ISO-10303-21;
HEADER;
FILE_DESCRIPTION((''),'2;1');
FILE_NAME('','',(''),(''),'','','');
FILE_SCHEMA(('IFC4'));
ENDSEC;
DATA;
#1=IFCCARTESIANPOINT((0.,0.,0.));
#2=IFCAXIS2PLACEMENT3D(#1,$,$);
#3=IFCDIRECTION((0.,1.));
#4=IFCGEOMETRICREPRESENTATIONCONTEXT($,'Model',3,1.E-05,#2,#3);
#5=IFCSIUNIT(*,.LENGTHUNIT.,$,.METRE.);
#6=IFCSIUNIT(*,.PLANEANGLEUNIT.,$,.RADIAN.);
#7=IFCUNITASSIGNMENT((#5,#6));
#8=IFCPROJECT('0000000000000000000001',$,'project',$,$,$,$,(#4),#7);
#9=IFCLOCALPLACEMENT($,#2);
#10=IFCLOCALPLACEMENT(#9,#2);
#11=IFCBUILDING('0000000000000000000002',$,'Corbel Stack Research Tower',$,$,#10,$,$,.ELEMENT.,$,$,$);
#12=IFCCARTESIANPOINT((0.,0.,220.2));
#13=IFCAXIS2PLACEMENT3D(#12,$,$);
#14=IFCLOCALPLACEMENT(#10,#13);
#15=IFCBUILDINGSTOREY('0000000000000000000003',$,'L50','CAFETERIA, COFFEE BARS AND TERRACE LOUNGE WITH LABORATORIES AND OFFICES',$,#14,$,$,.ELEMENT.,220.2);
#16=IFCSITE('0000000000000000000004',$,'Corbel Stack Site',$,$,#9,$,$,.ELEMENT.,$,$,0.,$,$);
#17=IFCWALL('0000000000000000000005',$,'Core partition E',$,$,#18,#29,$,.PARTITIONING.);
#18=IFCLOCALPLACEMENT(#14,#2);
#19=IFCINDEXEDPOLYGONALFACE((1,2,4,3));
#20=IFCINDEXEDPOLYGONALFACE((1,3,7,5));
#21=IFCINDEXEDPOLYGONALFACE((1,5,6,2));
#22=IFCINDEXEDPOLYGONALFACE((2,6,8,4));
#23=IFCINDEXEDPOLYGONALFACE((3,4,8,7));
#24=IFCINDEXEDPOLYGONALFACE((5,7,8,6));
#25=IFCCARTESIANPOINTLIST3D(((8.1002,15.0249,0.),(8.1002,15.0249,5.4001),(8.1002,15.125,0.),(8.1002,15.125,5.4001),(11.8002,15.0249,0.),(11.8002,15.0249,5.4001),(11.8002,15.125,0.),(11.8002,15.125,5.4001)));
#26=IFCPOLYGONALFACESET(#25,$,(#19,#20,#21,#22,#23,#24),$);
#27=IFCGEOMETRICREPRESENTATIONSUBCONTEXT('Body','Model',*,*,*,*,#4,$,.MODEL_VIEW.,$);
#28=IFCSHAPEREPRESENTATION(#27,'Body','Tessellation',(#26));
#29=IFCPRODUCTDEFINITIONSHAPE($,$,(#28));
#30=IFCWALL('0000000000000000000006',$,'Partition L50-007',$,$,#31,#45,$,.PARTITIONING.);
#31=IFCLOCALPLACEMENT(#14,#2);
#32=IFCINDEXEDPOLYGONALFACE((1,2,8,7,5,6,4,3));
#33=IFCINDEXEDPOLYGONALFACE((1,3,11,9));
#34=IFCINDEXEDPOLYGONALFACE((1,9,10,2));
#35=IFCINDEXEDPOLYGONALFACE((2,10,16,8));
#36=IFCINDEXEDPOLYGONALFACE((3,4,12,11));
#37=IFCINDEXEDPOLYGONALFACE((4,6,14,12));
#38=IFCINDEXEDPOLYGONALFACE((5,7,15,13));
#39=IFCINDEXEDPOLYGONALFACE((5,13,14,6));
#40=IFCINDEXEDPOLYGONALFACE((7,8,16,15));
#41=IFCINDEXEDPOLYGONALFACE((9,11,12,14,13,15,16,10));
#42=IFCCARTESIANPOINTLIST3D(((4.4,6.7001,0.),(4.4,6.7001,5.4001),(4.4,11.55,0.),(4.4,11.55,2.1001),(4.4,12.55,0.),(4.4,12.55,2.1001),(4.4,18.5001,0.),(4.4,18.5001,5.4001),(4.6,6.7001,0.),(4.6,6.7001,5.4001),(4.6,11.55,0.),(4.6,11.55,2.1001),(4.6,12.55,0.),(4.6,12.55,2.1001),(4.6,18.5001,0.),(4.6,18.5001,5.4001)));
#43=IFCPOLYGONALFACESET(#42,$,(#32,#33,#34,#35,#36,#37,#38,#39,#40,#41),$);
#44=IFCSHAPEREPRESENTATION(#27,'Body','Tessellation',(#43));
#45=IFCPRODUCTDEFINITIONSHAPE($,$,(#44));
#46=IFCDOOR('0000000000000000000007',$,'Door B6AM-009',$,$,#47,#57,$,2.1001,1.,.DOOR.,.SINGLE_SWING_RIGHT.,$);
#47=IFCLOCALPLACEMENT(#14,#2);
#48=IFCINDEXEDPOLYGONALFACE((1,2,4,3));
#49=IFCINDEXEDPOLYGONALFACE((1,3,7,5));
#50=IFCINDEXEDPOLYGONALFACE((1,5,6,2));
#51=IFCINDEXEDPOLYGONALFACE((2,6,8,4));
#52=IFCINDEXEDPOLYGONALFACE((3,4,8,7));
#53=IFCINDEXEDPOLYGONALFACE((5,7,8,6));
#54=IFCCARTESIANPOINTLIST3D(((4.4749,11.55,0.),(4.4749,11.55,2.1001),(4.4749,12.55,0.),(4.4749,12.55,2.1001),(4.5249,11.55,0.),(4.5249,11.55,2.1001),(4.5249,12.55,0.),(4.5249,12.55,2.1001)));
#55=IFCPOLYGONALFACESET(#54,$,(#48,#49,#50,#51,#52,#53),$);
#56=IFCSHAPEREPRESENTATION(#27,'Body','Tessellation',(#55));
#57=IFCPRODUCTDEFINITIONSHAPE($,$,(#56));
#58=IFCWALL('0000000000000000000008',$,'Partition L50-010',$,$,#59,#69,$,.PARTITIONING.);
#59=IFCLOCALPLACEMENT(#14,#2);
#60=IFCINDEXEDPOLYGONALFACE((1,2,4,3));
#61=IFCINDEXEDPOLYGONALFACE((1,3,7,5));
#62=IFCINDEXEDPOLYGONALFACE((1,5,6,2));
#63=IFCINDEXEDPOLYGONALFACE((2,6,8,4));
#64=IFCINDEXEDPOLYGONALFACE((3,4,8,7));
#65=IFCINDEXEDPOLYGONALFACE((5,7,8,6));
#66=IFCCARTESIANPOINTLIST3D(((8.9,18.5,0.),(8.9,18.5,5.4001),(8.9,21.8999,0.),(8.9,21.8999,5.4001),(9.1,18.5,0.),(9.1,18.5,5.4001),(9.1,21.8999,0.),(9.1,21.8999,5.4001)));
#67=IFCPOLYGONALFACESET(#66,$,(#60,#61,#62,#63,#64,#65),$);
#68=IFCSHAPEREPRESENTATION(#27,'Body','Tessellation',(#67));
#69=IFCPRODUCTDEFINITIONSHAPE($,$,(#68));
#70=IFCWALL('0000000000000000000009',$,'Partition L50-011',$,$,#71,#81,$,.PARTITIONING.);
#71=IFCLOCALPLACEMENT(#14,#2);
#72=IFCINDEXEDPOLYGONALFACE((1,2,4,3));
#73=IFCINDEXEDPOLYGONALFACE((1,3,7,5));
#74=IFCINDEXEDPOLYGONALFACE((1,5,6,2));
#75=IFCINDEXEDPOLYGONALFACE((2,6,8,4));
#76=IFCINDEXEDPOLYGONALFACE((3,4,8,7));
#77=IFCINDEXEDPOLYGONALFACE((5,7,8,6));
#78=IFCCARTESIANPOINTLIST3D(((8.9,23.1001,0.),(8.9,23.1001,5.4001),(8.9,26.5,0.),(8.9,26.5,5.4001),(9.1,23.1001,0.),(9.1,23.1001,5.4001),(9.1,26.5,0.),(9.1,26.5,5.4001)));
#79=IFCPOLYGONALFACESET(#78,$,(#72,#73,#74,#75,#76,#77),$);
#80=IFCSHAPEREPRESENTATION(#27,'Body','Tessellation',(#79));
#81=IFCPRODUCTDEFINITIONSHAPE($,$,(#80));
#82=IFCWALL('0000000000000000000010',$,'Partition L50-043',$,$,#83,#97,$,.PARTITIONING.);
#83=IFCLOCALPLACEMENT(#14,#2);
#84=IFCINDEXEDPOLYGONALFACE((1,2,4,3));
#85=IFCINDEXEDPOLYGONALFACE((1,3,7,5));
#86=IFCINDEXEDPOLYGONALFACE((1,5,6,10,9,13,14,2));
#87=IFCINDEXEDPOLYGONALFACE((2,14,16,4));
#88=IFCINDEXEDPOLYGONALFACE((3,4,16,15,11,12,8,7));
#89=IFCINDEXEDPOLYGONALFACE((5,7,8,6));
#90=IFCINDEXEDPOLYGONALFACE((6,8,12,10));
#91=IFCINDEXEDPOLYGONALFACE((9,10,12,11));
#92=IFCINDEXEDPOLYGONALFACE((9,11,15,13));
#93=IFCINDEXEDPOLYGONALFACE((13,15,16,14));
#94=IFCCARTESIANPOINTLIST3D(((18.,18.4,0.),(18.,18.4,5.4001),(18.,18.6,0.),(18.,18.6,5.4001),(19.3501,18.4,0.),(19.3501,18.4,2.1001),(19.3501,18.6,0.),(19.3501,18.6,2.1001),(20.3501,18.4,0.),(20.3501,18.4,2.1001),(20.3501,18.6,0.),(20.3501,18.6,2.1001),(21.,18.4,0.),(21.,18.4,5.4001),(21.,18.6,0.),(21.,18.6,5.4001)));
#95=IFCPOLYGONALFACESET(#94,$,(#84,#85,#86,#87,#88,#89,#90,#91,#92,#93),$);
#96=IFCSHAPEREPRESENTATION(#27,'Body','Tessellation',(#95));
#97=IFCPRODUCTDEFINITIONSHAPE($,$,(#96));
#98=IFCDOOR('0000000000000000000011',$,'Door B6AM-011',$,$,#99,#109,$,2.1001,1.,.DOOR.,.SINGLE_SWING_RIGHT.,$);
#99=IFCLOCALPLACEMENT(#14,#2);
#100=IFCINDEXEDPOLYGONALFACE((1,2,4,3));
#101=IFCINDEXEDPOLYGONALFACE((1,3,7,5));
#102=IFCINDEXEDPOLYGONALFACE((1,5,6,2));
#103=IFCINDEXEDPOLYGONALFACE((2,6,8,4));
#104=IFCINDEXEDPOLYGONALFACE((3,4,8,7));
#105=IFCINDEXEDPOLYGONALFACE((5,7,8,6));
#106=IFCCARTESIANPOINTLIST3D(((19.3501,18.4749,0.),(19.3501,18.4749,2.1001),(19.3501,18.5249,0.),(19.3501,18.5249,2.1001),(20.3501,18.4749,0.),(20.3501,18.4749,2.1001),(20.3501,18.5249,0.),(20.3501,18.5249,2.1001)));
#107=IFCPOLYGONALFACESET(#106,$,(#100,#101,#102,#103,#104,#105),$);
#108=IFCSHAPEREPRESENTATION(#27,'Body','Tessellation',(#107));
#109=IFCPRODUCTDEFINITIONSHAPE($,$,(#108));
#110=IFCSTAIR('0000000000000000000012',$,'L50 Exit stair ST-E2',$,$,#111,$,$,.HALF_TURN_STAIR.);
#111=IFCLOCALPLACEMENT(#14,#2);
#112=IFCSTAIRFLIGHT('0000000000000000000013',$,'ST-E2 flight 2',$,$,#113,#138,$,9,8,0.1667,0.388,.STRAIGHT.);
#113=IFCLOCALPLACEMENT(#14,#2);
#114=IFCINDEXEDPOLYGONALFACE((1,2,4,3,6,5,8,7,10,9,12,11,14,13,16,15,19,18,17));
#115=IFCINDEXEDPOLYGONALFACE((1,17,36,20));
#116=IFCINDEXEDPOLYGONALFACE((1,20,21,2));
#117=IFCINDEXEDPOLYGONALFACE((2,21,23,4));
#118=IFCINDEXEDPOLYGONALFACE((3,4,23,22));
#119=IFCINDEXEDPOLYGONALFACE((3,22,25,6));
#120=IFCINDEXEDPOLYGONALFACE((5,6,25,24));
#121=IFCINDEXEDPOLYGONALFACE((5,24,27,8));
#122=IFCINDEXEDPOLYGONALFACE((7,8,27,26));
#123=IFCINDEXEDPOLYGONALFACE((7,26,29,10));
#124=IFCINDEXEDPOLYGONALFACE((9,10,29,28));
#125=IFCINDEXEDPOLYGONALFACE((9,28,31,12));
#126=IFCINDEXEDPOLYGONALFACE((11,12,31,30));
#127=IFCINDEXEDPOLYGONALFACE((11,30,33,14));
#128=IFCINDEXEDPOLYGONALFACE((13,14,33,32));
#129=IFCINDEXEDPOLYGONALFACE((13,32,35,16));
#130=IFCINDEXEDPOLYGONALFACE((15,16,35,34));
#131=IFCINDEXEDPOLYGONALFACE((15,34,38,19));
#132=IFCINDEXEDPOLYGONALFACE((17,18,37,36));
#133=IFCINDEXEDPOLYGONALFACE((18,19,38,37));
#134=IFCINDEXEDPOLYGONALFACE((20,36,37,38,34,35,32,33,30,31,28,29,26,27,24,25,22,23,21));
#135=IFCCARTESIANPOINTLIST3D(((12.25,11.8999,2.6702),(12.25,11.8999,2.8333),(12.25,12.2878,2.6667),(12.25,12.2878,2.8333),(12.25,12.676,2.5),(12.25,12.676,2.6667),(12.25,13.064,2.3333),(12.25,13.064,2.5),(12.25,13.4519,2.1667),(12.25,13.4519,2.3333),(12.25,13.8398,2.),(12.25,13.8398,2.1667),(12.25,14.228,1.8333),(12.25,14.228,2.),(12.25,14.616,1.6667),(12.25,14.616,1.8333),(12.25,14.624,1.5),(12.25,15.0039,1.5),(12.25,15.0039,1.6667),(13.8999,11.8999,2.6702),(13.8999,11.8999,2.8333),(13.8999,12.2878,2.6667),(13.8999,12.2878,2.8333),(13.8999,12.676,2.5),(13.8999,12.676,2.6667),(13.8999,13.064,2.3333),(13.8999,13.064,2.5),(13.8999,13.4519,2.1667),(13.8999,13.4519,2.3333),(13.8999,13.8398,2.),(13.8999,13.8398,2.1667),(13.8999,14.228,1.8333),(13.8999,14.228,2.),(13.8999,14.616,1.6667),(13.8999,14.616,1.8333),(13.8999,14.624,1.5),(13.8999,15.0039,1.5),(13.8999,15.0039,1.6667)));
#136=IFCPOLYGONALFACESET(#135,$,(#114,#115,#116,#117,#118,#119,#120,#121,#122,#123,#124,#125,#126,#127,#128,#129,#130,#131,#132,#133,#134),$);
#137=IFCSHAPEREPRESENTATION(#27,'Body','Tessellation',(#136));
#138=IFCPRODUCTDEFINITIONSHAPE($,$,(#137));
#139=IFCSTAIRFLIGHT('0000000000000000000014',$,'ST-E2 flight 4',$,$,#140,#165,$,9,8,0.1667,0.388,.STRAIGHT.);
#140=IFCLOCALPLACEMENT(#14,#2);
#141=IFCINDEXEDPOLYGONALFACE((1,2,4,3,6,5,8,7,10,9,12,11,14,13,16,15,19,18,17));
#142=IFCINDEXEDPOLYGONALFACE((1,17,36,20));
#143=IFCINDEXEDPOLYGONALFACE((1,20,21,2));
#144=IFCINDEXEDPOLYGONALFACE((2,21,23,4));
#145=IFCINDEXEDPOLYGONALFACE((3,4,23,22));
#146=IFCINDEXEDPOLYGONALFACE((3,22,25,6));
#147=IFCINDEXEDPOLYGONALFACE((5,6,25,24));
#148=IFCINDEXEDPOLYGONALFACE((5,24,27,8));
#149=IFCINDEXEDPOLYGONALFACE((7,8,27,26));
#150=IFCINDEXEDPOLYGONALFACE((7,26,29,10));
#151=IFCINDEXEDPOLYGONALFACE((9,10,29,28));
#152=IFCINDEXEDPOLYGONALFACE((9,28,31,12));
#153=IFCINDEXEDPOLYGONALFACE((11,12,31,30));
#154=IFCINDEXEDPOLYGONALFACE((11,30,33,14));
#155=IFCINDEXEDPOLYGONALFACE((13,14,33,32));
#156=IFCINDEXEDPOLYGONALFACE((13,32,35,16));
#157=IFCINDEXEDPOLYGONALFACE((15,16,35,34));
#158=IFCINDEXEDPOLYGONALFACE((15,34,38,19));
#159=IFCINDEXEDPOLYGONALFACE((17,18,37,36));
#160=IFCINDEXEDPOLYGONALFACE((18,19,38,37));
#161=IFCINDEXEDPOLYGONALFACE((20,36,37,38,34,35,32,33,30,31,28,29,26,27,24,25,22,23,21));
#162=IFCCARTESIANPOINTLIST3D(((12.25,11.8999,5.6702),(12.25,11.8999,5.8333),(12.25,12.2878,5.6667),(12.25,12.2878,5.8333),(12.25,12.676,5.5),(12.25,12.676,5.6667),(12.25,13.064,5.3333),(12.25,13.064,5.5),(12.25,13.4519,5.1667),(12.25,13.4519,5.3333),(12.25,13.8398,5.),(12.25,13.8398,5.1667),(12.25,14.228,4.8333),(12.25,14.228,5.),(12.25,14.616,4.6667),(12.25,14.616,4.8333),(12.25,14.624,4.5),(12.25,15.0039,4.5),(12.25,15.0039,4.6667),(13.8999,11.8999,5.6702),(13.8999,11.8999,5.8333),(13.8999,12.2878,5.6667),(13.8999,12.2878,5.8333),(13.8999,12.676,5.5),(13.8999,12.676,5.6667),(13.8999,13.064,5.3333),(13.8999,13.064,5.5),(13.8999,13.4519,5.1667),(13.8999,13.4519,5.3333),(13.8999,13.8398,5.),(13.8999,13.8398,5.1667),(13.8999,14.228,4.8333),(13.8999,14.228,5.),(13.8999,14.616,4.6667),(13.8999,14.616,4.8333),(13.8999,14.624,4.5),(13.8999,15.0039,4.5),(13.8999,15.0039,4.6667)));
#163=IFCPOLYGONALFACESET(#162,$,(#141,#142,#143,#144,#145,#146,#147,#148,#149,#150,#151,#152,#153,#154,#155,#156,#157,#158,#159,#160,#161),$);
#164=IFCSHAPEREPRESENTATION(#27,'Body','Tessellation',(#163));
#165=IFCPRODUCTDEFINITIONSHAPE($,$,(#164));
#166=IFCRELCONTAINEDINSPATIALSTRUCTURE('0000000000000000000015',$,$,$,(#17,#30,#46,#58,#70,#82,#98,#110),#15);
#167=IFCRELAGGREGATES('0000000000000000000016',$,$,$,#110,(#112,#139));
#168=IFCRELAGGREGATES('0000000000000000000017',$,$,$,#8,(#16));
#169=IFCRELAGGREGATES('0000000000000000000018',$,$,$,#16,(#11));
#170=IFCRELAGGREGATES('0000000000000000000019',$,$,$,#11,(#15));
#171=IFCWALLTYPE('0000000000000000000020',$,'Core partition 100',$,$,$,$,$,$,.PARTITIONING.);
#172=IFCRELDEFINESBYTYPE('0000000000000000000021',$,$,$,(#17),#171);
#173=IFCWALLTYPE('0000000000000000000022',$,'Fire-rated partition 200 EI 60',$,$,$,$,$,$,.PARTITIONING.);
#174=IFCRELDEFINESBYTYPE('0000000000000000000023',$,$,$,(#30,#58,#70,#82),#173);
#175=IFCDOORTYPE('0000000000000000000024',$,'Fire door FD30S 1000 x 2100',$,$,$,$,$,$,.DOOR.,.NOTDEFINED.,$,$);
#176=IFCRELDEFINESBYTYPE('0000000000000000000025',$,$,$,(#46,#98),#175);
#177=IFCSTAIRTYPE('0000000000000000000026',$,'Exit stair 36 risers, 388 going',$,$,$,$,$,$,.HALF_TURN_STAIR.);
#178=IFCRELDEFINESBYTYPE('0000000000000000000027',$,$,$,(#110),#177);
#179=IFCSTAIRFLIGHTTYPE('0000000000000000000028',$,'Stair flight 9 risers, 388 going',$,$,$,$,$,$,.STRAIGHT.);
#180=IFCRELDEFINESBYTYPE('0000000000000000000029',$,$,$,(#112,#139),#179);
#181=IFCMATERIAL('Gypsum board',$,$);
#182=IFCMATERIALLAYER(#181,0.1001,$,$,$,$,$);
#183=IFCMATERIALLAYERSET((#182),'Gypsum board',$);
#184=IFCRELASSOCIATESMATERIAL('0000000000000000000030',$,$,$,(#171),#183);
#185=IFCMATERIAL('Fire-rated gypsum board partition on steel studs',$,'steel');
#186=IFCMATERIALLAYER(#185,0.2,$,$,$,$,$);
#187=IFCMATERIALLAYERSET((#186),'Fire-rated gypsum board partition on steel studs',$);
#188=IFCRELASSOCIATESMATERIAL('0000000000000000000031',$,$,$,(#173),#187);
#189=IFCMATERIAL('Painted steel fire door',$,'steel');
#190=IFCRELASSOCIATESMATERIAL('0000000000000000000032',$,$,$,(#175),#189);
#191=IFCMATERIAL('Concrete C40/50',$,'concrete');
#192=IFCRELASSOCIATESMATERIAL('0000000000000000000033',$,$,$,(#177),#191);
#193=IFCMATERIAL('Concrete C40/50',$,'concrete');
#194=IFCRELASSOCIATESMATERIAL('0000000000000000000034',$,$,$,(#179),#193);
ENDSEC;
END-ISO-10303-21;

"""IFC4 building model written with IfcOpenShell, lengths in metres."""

from ifc_helpers import new_model, si_unit, direction, frame, frame_2d, origin, place, context, subcontext, project, spatial, polyline, rectangle, outline, extrude, material, layer, layer_set, type_object, element, fill, aggregate, save


model = new_model("IFC4")

# Units and contexts
model_context = context("Model", 3, precision=1e-05, world=origin(), true_north=direction((0.0, 1.0)))
body_context = subcontext(model_context, "Body", "Model", "MODEL_VIEW")
ifc_project = project(units=[si_unit("LENGTHUNIT", "METRE"), si_unit("PLANEANGLEUNIT", "RADIAN")], contexts=[model_context])

# Site, building, storey
site_placement = place(None, origin())
site = spatial("IfcSite", under=ifc_project, at=site_placement, Name="Corbel Stack Site", CompositionType="ELEMENT", RefElevation=0.0)
building_placement = place(site_placement, origin())
building = spatial("IfcBuilding", under=site, at=building_placement, Name="Corbel Stack Research Tower", CompositionType="ELEMENT")
storey_placement = place(building_placement, frame((0.0, 0.0, 220.2)))
storey = spatial("IfcBuildingStorey", under=building, at=storey_placement, Name="L50", Description="CAFETERIA, COFFEE BARS AND TERRACE LOUNGE WITH LABORATORIES AND OFFICES", CompositionType="ELEMENT", Elevation=220.2)

# Shared definitions
ifc_material_1 = material(Name="Gypsum board")
ifc_layer_1 = layer(ifc_material_1, 0.1001)
ifc_layer_set_1 = layer_set([ifc_layer_1], Name="Gypsum board")
wall_type_1 = type_object("IfcWallType", Name="Core partition 100", PredefinedType="PARTITIONING", material=ifc_layer_set_1)

# Wall
wall_1_placement = place(storey_placement, frame((8.1001, 15.075, 0.0), z_axis=(0.0, 0.0, 1.0), x_axis=(1.0, 0.0, 0.0)))
element("IfcWall", 1, at=wall_1_placement, inside=storey, type_object=wall_type_1, Name="Core partition E", PredefinedType="PARTITIONING", context=body_context, shape_type="SweptSolid", body=[
    extrude(rectangle(XDim=3.7, YDim=0.1001, at=frame_2d((1.8501, 0.0))), origin(), (0.0, 0.0, 1.0), 5.4001),
])

# Wall, opening, door
ifc_material_2 = material(Name="Fire-rated gypsum board partition on steel studs", Category="steel")
ifc_layer_2 = layer(ifc_material_2, 0.2)
ifc_layer_set_2 = layer_set([ifc_layer_2], Name="Fire-rated gypsum board partition on steel studs")
wall_type_2 = type_object("IfcWallType", Name="Fire-rated partition 200 EI 60", PredefinedType="PARTITIONING", material=ifc_layer_set_2)
wall_2_placement = place(storey_placement, frame((4.5, 18.5, 0.0), z_axis=(0.0, 0.0, 1.0), x_axis=(0.0, -1.0, 0.0)))
wall_2 = element("IfcWall", 2, at=wall_2_placement, inside=storey, type_object=wall_type_2, Name="Partition L50-007", PredefinedType="PARTITIONING", context=body_context, shape_type="SweptSolid", body=[
    extrude(rectangle(XDim=11.8, YDim=0.2, at=frame_2d((5.8999, 0.0))), origin(), (0.0, 0.0, 1.0), 5.4001),
])
opening_1_placement = place(wall_2_placement, frame((5.95, 0.0, 0.0)))
opening_1 = element("IfcOpeningElement", 3, at=opening_1_placement, cuts=wall_2, PredefinedType="OPENING", context=body_context, shape_type="SweptSolid", body=[
    extrude(rectangle(XDim=1.0, YDim=2.1001, at=frame_2d((0.5, 1.05))), frame((0.0, 0.1099, 0.0), z_axis=(0.0, -1.0, 0.0), x_axis=(1.0, 0.0, 0.0)), (0.0, 0.0, 1.0), 0.22),
])
ifc_material_3 = material(Name="Painted steel fire door", Category="steel")
door_type_1 = type_object("IfcDoorType", Name="Fire door FD30S 1000 x 2100", OperationType="NOTDEFINED", PredefinedType="DOOR", material=ifc_material_3)
door_1_placement = place(opening_1_placement, origin())
door_1 = element("IfcDoor", 4, at=door_1_placement, inside=storey, type_object=door_type_1, Name="Door B6AM-009", OperationType="SINGLE_SWING_RIGHT", OverallHeight=2.1001, OverallWidth=1.0, PredefinedType="DOOR", context=body_context, shape_type="SweptSolid", body=[
    extrude(rectangle(XDim=1.0, YDim=2.1001, at=frame_2d((0.5, 1.05))), frame((0.0, 0.0249, 0.0), z_axis=(0.0, -1.0, 0.0), x_axis=(1.0, 0.0, 0.0)), (0.0, 0.0, 1.0), 0.05),
])
fill(opening_1, door_1)

# Walls
for number, where, z_axis, x_axis, name in (
    (5, (9.0, 18.5, 0.0), (0.0, 0.0, 1.0), (0.0, 1.0, 0.0), "Partition L50-010"),
    (6, (9.0, 23.1001, 0.0), (0.0, 0.0, 1.0), (0.0, 1.0, 0.0), "Partition L50-011"),
):
    element("IfcWall", number, at=place(storey_placement, frame(where, z_axis=z_axis, x_axis=x_axis)), inside=storey, type_object=wall_type_2, Name=name, PredefinedType="PARTITIONING", context=body_context, shape_type="SweptSolid", body=[
        extrude(rectangle(XDim=3.3999, YDim=0.2, at=frame_2d((1.7, 0.0))), origin(), (0.0, 0.0, 1.0), 5.4001),
    ])

# Wall, opening, door
wall_3_placement = place(storey_placement, frame((18.0, 18.5, 0.0), z_axis=(0.0, 0.0, 1.0), x_axis=(1.0, 0.0, 0.0)))
wall_3 = element("IfcWall", 7, at=wall_3_placement, inside=storey, type_object=wall_type_2, Name="Partition L50-043", PredefinedType="PARTITIONING", context=body_context, shape_type="SweptSolid", body=[
    extrude(rectangle(XDim=3.0, YDim=0.2, at=frame_2d((1.5, 0.0))), origin(), (0.0, 0.0, 1.0), 5.4001),
])
opening_2_placement = place(wall_3_placement, frame((1.3501, 0.0, 0.0)))
opening_2 = element("IfcOpeningElement", 8, at=opening_2_placement, cuts=wall_3, PredefinedType="OPENING", context=body_context, shape_type="SweptSolid", body=[
    extrude(rectangle(XDim=1.0, YDim=2.1001, at=frame_2d((0.5, 1.05))), frame((0.0, 0.1099, 0.0), z_axis=(0.0, -1.0, 0.0), x_axis=(1.0, 0.0, 0.0)), (0.0, 0.0, 1.0), 0.22),
])
door_2_placement = place(opening_2_placement, origin())
door_2 = element("IfcDoor", 9, at=door_2_placement, inside=storey, type_object=door_type_1, Name="Door B6AM-011", OperationType="SINGLE_SWING_RIGHT", OverallHeight=2.1001, OverallWidth=1.0, PredefinedType="DOOR", context=body_context, shape_type="SweptSolid", body=[
    extrude(rectangle(XDim=1.0, YDim=2.1001, at=frame_2d((0.5, 1.05))), frame((0.0, 0.0249, 0.0), z_axis=(0.0, -1.0, 0.0), x_axis=(1.0, 0.0, 0.0)), (0.0, 0.0, 1.0), 0.05),
])
fill(opening_2, door_2)

# Stair, stair flights
ifc_material_4 = material(Name="Concrete C40/50", Category="concrete")
stair_type = type_object("IfcStairType", Name="Exit stair 36 risers, 388 going", PredefinedType="HALF_TURN_STAIR", material=ifc_material_4)
stair_placement = place(storey_placement, origin())
stair = element("IfcStair", 10, at=stair_placement, inside=storey, type_object=stair_type, Name="L50 Exit stair ST-E2", PredefinedType="HALF_TURN_STAIR")
ifc_material_5 = material(Name="Concrete C40/50", Category="concrete")
stair_flight_type = type_object("IfcStairFlightType", Name="Stair flight 9 risers, 388 going", PredefinedType="STRAIGHT", material=ifc_material_5)
stair_flight_1_placement = place(storey_placement, frame((13.075, 15.0039, 1.5), z_axis=(0.0, 0.0, 1.0), x_axis=(0.0, -1.0, 0.0)))
stair_flight_1 = element("IfcStairFlight", 11, at=stair_flight_1_placement, type_object=stair_flight_type, Name="ST-E2 flight 2", NumberOfRisers=9, NumberOfTreads=8, PredefinedType="STRAIGHT", RiserHeight=0.1667, TreadLength=0.388, context=body_context, shape_type="SweptSolid", body=[
    extrude(outline(polyline([(0.0, 0.0), (0.0, 0.1667), (0.3879, 0.1667), (0.3879, 0.3333), (0.7759, 0.3333), (0.7759, 0.5), (1.1641, 0.5), (1.1641, 0.6667), (1.552, 0.6667), (1.552, 0.8333), (1.9399, 0.8333), (1.9399, 1.0), (2.3279, 1.0), (2.3279, 1.1667), (2.7161, 1.1667), (2.7161, 1.3333), (3.104, 1.3333), (3.104, 1.5), (3.104, 1.1702), (0.3799, 0.0), (0.0, 0.0)])), frame((0.0, 0.825, 0.0), z_axis=(0.0, -1.0, 0.0), x_axis=(1.0, 0.0, 0.0)), (0.0, 0.0, 1.0), 1.6499),
])
stair_flight_2_placement = place(storey_placement, frame((13.075, 15.0039, 4.5), z_axis=(0.0, 0.0, 1.0), x_axis=(0.0, -1.0, 0.0)))
stair_flight_2 = element("IfcStairFlight", 12, at=stair_flight_2_placement, type_object=stair_flight_type, Name="ST-E2 flight 4", NumberOfRisers=9, NumberOfTreads=8, PredefinedType="STRAIGHT", RiserHeight=0.1667, TreadLength=0.388, context=body_context, shape_type="SweptSolid", body=[
    extrude(outline(polyline([(0.0, 0.0), (0.0, 0.1667), (0.3879, 0.1667), (0.3879, 0.3333), (0.7759, 0.3333), (0.7759, 0.5), (1.1641, 0.5), (1.1641, 0.6667), (1.552, 0.6667), (1.552, 0.8333), (1.9399, 0.8333), (1.9399, 1.0), (2.3279, 1.0), (2.3279, 1.1667), (2.7161, 1.1667), (2.7161, 1.3333), (3.104, 1.3333), (3.104, 1.5), (3.104, 1.1702), (0.3799, 0.0), (0.0, 0.0)])), frame((0.0, 0.825, 0.0), z_axis=(0.0, -1.0, 0.0), x_axis=(1.0, 0.0, 0.0)), (0.0, 0.0, 1.0), 1.6499),
])
aggregate(stair, [stair_flight_1, stair_flight_2])

save(model, "model.ifc")
